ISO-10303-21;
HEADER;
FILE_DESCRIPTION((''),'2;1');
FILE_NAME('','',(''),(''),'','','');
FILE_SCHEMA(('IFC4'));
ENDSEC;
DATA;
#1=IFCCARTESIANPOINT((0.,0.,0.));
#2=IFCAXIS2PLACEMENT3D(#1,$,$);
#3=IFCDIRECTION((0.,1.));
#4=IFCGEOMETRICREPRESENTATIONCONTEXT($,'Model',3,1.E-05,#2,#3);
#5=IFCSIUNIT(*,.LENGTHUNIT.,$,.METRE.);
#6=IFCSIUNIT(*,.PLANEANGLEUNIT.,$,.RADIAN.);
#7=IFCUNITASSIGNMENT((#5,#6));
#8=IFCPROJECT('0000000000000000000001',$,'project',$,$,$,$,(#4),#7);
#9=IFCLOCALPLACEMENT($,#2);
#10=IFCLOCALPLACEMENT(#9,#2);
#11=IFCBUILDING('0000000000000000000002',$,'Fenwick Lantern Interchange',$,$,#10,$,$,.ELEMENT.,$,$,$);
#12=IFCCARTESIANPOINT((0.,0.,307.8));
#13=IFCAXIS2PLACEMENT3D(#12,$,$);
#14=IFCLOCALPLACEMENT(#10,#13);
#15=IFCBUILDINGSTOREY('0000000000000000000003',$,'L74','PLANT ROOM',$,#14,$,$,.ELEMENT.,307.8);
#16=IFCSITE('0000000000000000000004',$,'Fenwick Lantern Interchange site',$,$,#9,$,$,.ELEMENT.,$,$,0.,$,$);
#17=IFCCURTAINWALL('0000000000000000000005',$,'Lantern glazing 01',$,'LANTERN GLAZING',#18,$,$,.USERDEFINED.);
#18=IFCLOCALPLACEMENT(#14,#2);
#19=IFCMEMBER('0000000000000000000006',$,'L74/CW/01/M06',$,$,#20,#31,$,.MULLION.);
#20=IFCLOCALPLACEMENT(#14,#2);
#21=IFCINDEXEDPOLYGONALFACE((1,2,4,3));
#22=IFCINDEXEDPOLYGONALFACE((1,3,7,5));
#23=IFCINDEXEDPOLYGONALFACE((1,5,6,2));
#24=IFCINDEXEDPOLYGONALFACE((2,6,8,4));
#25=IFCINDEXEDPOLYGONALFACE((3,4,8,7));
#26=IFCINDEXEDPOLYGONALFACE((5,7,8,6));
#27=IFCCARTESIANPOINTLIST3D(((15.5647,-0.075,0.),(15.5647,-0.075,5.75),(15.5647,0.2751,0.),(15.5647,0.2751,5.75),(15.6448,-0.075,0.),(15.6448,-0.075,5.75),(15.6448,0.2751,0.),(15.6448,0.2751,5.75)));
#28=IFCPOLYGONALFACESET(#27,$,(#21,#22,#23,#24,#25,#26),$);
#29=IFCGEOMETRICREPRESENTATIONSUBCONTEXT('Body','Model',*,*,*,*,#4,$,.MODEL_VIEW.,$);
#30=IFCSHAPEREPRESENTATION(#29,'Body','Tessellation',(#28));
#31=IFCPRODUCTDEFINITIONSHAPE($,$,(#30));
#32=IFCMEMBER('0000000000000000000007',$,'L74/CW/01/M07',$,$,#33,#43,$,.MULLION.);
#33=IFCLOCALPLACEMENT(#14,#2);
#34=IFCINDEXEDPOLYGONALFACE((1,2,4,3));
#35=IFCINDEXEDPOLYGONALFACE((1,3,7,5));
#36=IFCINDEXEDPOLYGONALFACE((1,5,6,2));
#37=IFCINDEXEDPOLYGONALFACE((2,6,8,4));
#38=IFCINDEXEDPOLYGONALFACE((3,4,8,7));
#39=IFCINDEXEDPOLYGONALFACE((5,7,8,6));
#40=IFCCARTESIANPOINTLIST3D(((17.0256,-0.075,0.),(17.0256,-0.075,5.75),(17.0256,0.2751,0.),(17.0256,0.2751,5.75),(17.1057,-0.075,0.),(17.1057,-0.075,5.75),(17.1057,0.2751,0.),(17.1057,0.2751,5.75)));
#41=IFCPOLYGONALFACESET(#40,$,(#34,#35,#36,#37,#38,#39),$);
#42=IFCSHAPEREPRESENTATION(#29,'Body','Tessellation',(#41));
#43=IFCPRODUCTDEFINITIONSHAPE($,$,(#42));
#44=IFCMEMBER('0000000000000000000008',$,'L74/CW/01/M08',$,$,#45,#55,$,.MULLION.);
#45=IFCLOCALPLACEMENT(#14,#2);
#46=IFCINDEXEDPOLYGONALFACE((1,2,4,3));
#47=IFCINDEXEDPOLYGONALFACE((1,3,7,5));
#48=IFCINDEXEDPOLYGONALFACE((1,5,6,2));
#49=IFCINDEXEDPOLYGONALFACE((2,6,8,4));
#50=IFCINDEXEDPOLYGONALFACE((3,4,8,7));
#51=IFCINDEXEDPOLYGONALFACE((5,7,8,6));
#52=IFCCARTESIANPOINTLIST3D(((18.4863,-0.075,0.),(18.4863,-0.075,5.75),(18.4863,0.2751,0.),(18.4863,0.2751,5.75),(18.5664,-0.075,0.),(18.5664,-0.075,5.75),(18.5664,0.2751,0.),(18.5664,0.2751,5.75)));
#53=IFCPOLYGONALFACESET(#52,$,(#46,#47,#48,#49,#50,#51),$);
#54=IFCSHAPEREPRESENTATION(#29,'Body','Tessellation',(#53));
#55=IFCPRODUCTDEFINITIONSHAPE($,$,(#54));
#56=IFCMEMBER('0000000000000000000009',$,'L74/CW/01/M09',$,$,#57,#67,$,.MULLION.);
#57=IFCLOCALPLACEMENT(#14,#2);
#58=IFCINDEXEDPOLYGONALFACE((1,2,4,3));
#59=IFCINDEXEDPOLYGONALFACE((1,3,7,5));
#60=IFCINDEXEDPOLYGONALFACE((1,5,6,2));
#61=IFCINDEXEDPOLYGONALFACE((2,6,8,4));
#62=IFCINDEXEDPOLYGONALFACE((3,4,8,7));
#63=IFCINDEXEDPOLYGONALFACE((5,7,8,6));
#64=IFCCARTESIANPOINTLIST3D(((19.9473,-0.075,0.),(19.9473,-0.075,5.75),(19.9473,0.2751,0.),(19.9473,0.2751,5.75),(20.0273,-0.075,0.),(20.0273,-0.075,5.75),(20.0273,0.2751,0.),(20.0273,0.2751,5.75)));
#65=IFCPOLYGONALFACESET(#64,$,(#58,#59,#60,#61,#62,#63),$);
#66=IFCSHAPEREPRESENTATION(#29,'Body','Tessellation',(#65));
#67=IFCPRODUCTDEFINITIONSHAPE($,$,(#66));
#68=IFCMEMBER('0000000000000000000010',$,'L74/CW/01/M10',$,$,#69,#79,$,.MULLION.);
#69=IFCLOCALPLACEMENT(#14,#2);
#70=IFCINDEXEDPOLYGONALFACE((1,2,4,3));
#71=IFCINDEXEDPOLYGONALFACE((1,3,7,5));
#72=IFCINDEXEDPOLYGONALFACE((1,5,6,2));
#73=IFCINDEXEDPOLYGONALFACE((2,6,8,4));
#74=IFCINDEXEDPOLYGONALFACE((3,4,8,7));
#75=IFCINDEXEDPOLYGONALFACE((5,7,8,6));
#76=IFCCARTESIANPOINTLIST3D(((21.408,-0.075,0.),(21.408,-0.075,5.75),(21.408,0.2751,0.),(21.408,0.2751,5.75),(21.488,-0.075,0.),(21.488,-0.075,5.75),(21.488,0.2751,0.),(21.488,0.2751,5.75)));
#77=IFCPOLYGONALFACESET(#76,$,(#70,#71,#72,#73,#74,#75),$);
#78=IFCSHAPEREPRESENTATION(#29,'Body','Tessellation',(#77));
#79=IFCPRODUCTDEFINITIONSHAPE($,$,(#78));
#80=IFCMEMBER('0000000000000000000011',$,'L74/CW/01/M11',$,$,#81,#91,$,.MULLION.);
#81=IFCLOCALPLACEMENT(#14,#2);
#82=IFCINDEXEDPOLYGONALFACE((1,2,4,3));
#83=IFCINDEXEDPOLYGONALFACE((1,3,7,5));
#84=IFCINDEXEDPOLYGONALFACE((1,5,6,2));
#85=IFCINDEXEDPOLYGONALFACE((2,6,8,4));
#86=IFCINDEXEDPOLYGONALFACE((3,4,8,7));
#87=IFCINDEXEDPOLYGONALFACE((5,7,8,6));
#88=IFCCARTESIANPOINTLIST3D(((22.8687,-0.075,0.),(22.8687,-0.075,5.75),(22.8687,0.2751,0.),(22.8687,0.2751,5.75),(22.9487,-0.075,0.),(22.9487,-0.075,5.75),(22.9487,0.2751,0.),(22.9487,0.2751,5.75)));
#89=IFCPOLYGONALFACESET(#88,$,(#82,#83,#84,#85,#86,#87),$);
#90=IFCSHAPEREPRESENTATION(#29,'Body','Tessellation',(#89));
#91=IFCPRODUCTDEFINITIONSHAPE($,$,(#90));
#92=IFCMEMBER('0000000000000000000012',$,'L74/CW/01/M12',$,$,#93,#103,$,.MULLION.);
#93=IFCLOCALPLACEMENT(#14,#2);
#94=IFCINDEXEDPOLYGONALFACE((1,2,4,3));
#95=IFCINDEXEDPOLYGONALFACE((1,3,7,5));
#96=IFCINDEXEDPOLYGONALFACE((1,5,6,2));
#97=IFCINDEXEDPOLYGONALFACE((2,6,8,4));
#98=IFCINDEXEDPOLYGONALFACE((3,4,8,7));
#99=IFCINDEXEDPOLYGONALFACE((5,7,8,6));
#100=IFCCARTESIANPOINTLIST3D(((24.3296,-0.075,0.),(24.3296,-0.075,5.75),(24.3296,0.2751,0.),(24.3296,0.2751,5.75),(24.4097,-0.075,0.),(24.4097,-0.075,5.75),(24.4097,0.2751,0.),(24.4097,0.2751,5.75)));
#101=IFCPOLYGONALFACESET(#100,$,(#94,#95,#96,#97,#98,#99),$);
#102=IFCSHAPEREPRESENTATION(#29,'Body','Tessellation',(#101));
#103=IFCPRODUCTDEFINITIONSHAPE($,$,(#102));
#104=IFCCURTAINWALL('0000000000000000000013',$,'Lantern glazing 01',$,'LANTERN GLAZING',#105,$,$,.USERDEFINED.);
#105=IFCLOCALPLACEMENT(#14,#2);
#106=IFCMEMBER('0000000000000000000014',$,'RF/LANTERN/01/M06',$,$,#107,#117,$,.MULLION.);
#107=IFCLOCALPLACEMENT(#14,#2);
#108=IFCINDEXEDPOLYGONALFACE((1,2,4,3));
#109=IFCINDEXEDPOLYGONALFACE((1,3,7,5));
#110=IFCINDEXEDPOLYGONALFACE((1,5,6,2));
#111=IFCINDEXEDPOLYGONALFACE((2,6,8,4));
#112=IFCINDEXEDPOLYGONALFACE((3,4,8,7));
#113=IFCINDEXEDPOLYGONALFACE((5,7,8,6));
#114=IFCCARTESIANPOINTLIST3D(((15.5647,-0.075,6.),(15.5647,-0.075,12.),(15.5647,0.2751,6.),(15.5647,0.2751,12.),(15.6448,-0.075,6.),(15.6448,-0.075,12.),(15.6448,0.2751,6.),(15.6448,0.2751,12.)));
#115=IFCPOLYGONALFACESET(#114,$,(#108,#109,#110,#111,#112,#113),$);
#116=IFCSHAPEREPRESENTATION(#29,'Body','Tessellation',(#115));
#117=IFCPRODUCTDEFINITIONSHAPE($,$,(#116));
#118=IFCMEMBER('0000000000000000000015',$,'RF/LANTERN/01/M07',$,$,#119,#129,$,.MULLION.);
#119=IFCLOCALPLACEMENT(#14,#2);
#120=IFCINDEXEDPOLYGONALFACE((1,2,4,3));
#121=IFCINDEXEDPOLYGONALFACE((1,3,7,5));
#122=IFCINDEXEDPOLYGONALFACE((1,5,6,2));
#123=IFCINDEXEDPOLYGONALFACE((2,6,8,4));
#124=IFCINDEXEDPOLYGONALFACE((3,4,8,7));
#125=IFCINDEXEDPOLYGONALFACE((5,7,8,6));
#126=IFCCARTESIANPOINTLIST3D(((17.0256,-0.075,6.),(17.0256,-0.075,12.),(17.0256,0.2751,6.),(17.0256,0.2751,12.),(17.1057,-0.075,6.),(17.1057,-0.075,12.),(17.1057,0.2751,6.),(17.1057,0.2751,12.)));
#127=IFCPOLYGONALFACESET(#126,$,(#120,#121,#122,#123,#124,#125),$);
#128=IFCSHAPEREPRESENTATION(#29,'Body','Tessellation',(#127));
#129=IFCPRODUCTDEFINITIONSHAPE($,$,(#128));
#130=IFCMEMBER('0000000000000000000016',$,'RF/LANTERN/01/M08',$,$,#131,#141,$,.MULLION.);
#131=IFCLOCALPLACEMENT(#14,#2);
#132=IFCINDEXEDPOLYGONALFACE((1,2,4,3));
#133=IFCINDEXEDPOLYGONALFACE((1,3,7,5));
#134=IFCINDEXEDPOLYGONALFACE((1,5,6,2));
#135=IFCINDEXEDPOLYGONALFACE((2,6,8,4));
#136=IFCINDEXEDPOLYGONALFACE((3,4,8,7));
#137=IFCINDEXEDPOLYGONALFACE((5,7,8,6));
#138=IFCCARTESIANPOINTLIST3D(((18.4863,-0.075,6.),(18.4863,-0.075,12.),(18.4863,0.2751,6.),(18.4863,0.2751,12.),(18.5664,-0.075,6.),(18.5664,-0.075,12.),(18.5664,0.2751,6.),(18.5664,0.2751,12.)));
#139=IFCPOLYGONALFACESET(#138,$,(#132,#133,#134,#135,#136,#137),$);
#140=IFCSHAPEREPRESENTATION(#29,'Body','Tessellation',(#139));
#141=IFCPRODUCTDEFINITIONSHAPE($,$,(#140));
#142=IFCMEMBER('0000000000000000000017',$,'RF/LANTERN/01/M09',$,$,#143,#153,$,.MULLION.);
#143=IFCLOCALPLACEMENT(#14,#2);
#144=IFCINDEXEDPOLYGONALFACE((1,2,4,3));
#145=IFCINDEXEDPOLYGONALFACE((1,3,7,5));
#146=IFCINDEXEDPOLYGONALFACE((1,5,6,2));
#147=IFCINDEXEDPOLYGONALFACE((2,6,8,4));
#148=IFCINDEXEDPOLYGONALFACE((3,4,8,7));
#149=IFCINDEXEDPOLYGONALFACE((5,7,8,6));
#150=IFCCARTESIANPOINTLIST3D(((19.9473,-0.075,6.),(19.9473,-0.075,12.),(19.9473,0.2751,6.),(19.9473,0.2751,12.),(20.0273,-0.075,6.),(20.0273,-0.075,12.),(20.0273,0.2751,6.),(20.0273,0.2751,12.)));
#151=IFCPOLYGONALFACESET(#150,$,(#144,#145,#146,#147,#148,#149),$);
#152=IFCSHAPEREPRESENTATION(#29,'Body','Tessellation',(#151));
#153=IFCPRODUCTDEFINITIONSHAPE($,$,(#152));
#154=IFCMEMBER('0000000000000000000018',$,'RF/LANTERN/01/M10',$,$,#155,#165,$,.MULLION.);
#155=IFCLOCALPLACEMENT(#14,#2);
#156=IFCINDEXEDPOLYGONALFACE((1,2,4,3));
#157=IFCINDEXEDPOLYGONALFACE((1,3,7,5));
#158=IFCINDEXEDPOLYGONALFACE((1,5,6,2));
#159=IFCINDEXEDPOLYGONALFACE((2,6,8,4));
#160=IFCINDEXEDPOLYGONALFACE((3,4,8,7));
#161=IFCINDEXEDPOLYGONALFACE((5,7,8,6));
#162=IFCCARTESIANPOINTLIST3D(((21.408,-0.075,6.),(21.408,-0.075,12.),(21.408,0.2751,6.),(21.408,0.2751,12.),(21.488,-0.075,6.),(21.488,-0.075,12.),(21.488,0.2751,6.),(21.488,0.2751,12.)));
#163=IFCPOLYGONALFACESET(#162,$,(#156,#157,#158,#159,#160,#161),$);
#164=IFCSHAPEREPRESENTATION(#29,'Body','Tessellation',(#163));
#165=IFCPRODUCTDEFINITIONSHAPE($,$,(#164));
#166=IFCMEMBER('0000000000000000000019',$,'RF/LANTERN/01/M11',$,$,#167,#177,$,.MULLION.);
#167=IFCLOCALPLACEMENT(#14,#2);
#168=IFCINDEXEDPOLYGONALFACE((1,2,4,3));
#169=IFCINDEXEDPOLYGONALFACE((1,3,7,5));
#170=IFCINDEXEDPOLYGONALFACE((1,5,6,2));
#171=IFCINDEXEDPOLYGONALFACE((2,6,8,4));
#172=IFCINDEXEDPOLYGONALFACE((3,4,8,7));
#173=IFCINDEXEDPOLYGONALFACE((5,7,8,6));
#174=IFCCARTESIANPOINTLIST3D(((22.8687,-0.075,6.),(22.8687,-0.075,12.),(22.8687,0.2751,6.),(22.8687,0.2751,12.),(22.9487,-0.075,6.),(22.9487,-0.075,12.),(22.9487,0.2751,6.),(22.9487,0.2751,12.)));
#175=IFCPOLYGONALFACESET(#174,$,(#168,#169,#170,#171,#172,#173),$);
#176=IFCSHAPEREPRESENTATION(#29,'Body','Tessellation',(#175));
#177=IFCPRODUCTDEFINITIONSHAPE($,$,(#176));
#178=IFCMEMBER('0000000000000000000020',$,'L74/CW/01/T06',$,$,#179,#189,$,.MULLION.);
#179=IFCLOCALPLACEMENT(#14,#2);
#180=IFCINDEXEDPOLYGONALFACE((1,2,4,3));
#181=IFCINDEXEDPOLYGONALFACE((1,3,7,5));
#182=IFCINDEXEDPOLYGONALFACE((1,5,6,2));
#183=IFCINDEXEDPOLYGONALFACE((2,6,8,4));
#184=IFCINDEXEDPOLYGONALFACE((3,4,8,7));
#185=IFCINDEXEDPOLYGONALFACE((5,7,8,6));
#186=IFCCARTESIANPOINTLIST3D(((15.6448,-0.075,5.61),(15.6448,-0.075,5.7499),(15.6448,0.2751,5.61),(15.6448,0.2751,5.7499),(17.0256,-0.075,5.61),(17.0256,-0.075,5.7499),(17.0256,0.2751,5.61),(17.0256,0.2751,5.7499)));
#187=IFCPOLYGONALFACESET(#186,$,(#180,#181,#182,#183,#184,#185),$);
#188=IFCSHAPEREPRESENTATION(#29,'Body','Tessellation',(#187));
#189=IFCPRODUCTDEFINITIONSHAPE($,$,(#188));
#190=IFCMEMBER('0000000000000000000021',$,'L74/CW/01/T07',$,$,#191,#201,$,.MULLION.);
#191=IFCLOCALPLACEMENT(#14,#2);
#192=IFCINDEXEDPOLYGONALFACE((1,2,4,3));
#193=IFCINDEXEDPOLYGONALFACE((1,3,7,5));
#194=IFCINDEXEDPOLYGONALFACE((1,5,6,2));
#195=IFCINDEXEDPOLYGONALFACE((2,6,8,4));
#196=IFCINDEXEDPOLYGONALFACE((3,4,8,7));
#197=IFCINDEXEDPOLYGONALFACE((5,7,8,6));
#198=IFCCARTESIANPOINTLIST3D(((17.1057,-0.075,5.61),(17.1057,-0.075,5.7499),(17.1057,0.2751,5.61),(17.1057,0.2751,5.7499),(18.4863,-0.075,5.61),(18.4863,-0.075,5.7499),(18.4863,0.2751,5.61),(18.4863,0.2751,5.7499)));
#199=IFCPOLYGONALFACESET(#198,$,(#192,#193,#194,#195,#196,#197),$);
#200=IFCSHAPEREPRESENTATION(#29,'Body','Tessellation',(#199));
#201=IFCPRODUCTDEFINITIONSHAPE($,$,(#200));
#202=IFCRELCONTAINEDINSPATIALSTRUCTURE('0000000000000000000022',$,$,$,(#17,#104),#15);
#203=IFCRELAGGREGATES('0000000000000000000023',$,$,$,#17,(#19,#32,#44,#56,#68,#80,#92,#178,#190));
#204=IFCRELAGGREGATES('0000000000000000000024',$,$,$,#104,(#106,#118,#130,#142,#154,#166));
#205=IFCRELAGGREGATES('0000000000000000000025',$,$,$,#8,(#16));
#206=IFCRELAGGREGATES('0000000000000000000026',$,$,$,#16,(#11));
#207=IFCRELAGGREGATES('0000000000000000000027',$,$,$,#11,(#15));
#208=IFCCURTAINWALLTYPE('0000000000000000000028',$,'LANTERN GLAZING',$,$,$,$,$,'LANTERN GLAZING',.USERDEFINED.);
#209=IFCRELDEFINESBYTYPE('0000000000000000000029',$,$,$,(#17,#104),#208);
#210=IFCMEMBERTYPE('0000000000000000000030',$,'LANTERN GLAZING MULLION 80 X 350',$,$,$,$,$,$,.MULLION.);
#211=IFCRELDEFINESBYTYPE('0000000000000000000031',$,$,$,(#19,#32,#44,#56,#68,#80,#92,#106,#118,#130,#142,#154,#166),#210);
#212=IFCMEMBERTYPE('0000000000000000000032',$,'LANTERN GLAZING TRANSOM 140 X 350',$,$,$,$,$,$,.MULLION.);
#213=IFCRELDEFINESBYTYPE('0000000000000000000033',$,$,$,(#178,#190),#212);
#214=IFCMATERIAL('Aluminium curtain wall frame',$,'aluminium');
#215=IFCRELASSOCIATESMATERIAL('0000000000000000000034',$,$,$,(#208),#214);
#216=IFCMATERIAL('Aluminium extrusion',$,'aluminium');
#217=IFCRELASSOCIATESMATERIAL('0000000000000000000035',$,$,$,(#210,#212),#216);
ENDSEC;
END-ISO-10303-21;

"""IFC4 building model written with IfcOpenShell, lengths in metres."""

from ifc_helpers import new_model, si_unit, direction, frame, origin, origin_2d, place, context, subcontext, project, spatial, rectangle, extrude, material, material_profile, profile_set, type_object, element, aggregate, save


model = new_model("IFC4")

# Units and contexts
model_context = context("Model", 3, precision=1e-05, world=origin(), true_north=direction((0.0, 1.0)))
body_context = subcontext(model_context, "Body", "Model", "MODEL_VIEW")
ifc_project = project(units=[si_unit("LENGTHUNIT", "METRE"), si_unit("PLANEANGLEUNIT", "RADIAN")], contexts=[model_context])

# Site, building, storey
site_placement = place(None, origin())
site = spatial("IfcSite", under=ifc_project, at=site_placement, Name="Fenwick Lantern Interchange site", CompositionType="ELEMENT", RefElevation=0.0)
building_placement = place(site_placement, origin())
building = spatial("IfcBuilding", under=site, at=building_placement, Name="Fenwick Lantern Interchange", CompositionType="ELEMENT")
storey_placement = place(building_placement, frame((0.0, 0.0, 307.8)))
storey = spatial("IfcBuildingStorey", under=building, at=storey_placement, Name="L74", Description="PLANT ROOM", CompositionType="ELEMENT", Elevation=307.8)

# Curtain walls, members
ifc_material_1 = material(Name="Aluminium curtain wall frame", Category="aluminium")
curtain_wall_type = type_object("IfcCurtainWallType", Name="LANTERN GLAZING", ElementType="LANTERN GLAZING", PredefinedType="USERDEFINED", material=ifc_material_1)
curtain_wall_1_placement = place(storey_placement, origin())
curtain_wall_1 = element("IfcCurtainWall", 1, at=curtain_wall_1_placement, inside=storey, type_object=curtain_wall_type, Name="Lantern glazing 01", ObjectType="LANTERN GLAZING", PredefinedType="USERDEFINED")
ifc_material_2 = material(Name="Aluminium extrusion", Category="aluminium")
ifc_material_profile_1 = material_profile(ifc_material_2, rectangle(XDim=0.3501, YDim=0.0801, at=origin_2d()), Name="LANTERN GLAZING MULLION 80 X 350")
ifc_profile_set_1 = profile_set([ifc_material_profile_1], Name="Aluminium extrusion")
member_type_1 = type_object("IfcMemberType", Name="LANTERN GLAZING MULLION 80 X 350", PredefinedType="MULLION", material=ifc_profile_set_1)
member_1_placement = place(storey_placement, frame((15.6047, 0.1001, 0.0), z_axis=(0.0, 0.0, 1.0), x_axis=(0.0, 1.0, 0.0)))
member_1 = element("IfcMember", 2, at=member_1_placement, type_object=member_type_1, Name="L74/CW/01/M06", PredefinedType="MULLION", context=body_context, shape_type="SweptSolid", body=[
    extrude(rectangle(XDim=0.3501, YDim=0.0801, at=origin_2d()), origin(), (0.0, 0.0, 1.0), 5.75),
])
member_2_placement = place(storey_placement, frame((17.0657, 0.1001, 0.0), z_axis=(0.0, 0.0, 1.0), x_axis=(0.0, 1.0, 0.0)))
member_2 = element("IfcMember", 3, at=member_2_placement, type_object=member_type_1, Name="L74/CW/01/M07", PredefinedType="MULLION", context=body_context, shape_type="SweptSolid", body=[
    extrude(rectangle(XDim=0.3501, YDim=0.0801, at=origin_2d()), origin(), (0.0, 0.0, 1.0), 5.75),
])
member_3_placement = place(storey_placement, frame((18.5264, 0.1001, 0.0), z_axis=(0.0, 0.0, 1.0), x_axis=(0.0, 1.0, 0.0)))
member_3 = element("IfcMember", 4, at=member_3_placement, type_object=member_type_1, Name="L74/CW/01/M08", PredefinedType="MULLION", context=body_context, shape_type="SweptSolid", body=[
    extrude(rectangle(XDim=0.3501, YDim=0.0801, at=origin_2d()), origin(), (0.0, 0.0, 1.0), 5.75),
])
member_4_placement = place(storey_placement, frame((19.9873, 0.1001, 0.0), z_axis=(0.0, 0.0, 1.0), x_axis=(0.0, 1.0, 0.0)))
member_4 = element("IfcMember", 5, at=member_4_placement, type_object=member_type_1, Name="L74/CW/01/M09", PredefinedType="MULLION", context=body_context, shape_type="SweptSolid", body=[
    extrude(rectangle(XDim=0.3501, YDim=0.0801, at=origin_2d()), origin(), (0.0, 0.0, 1.0), 5.75),
])
member_5_placement = place(storey_placement, frame((21.448, 0.1001, 0.0), z_axis=(0.0, 0.0, 1.0), x_axis=(0.0, 1.0, 0.0)))
member_5 = element("IfcMember", 6, at=member_5_placement, type_object=member_type_1, Name="L74/CW/01/M10", PredefinedType="MULLION", context=body_context, shape_type="SweptSolid", body=[
    extrude(rectangle(XDim=0.3501, YDim=0.0801, at=origin_2d()), origin(), (0.0, 0.0, 1.0), 5.75),
])
member_6_placement = place(storey_placement, frame((22.9087, 0.1001, 0.0), z_axis=(0.0, 0.0, 1.0), x_axis=(0.0, 1.0, 0.0)))
member_6 = element("IfcMember", 7, at=member_6_placement, type_object=member_type_1, Name="L74/CW/01/M11", PredefinedType="MULLION", context=body_context, shape_type="SweptSolid", body=[
    extrude(rectangle(XDim=0.3501, YDim=0.0801, at=origin_2d()), origin(), (0.0, 0.0, 1.0), 5.75),
])
member_7_placement = place(storey_placement, frame((24.3696, 0.1001, 0.0), z_axis=(0.0, 0.0, 1.0), x_axis=(0.0, 1.0, 0.0)))
member_7 = element("IfcMember", 8, at=member_7_placement, type_object=member_type_1, Name="L74/CW/01/M12", PredefinedType="MULLION", context=body_context, shape_type="SweptSolid", body=[
    extrude(rectangle(XDim=0.3501, YDim=0.0801, at=origin_2d()), origin(), (0.0, 0.0, 1.0), 5.75),
])
curtain_wall_2_placement = place(storey_placement, origin())
curtain_wall_2 = element("IfcCurtainWall", 9, at=curtain_wall_2_placement, inside=storey, type_object=curtain_wall_type, Name="Lantern glazing 01", ObjectType="LANTERN GLAZING", PredefinedType="USERDEFINED")
member_8_placement = place(storey_placement, frame((15.6047, 0.1001, 6.0), z_axis=(0.0, 0.0, 1.0), x_axis=(0.0, 1.0, 0.0)))
member_8 = element("IfcMember", 10, at=member_8_placement, type_object=member_type_1, Name="RF/LANTERN/01/M06", PredefinedType="MULLION", context=body_context, shape_type="SweptSolid", body=[
    extrude(rectangle(XDim=0.3501, YDim=0.0801, at=origin_2d()), origin(), (0.0, 0.0, 1.0), 6.0),
])
member_9_placement = place(storey_placement, frame((17.0657, 0.1001, 6.0), z_axis=(0.0, 0.0, 1.0), x_axis=(0.0, 1.0, 0.0)))
member_9 = element("IfcMember", 11, at=member_9_placement, type_object=member_type_1, Name="RF/LANTERN/01/M07", PredefinedType="MULLION", context=body_context, shape_type="SweptSolid", body=[
    extrude(rectangle(XDim=0.3501, YDim=0.0801, at=origin_2d()), origin(), (0.0, 0.0, 1.0), 6.0),
])
member_10_placement = place(storey_placement, frame((18.5264, 0.1001, 6.0), z_axis=(0.0, 0.0, 1.0), x_axis=(0.0, 1.0, 0.0)))
member_10 = element("IfcMember", 12, at=member_10_placement, type_object=member_type_1, Name="RF/LANTERN/01/M08", PredefinedType="MULLION", context=body_context, shape_type="SweptSolid", body=[
    extrude(rectangle(XDim=0.3501, YDim=0.0801, at=origin_2d()), origin(), (0.0, 0.0, 1.0), 6.0),
])
member_11_placement = place(storey_placement, frame((19.9873, 0.1001, 6.0), z_axis=(0.0, 0.0, 1.0), x_axis=(0.0, 1.0, 0.0)))
member_11 = element("IfcMember", 13, at=member_11_placement, type_object=member_type_1, Name="RF/LANTERN/01/M09", PredefinedType="MULLION", context=body_context, shape_type="SweptSolid", body=[
    extrude(rectangle(XDim=0.3501, YDim=0.0801, at=origin_2d()), origin(), (0.0, 0.0, 1.0), 6.0),
])
member_12_placement = place(storey_placement, frame((21.448, 0.1001, 6.0), z_axis=(0.0, 0.0, 1.0), x_axis=(0.0, 1.0, 0.0)))
member_12 = element("IfcMember", 14, at=member_12_placement, type_object=member_type_1, Name="RF/LANTERN/01/M10", PredefinedType="MULLION", context=body_context, shape_type="SweptSolid", body=[
    extrude(rectangle(XDim=0.3501, YDim=0.0801, at=origin_2d()), origin(), (0.0, 0.0, 1.0), 6.0),
])
member_13_placement = place(storey_placement, frame((22.9087, 0.1001, 6.0), z_axis=(0.0, 0.0, 1.0), x_axis=(0.0, 1.0, 0.0)))
member_13 = element("IfcMember", 15, at=member_13_placement, type_object=member_type_1, Name="RF/LANTERN/01/M11", PredefinedType="MULLION", context=body_context, shape_type="SweptSolid", body=[
    extrude(rectangle(XDim=0.3501, YDim=0.0801, at=origin_2d()), origin(), (0.0, 0.0, 1.0), 6.0),
])

# Members
ifc_material_profile_2 = material_profile(ifc_material_2, rectangle(XDim=0.3501, YDim=0.1399, at=origin_2d()), Name="LANTERN GLAZING TRANSOM 140 X 350")
ifc_profile_set_2 = profile_set([ifc_material_profile_2], Name="Aluminium extrusion")
member_type_2 = type_object("IfcMemberType", Name="LANTERN GLAZING TRANSOM 140 X 350", PredefinedType="MULLION", material=ifc_profile_set_2)
member_14_placement = place(storey_placement, frame((15.6448, 0.1001, 5.6799), z_axis=(1.0, 0.0, 0.0), x_axis=(0.0, 1.0, 0.0)))
member_14 = element("IfcMember", 16, at=member_14_placement, type_object=member_type_2, Name="L74/CW/01/T06", PredefinedType="MULLION", context=body_context, shape_type="SweptSolid", body=[
    extrude(rectangle(XDim=0.3501, YDim=0.1399, at=origin_2d()), origin(), (0.0, 0.0, 1.0), 1.3809),
])
member_15_placement = place(storey_placement, frame((17.1057, 0.1001, 5.6799), z_axis=(1.0, 0.0, 0.0), x_axis=(0.0, 1.0, 0.0)))
member_15 = element("IfcMember", 17, at=member_15_placement, type_object=member_type_2, Name="L74/CW/01/T07", PredefinedType="MULLION", context=body_context, shape_type="SweptSolid", body=[
    extrude(rectangle(XDim=0.3501, YDim=0.1399, at=origin_2d()), origin(), (0.0, 0.0, 1.0), 1.3806),
])

aggregate(curtain_wall_1, [member_1, member_2, member_3, member_4, member_5, member_6, member_7, member_14, member_15])
aggregate(curtain_wall_2, [member_8, member_9, member_10, member_11, member_12, member_13])

save(model, "model.ifc")
